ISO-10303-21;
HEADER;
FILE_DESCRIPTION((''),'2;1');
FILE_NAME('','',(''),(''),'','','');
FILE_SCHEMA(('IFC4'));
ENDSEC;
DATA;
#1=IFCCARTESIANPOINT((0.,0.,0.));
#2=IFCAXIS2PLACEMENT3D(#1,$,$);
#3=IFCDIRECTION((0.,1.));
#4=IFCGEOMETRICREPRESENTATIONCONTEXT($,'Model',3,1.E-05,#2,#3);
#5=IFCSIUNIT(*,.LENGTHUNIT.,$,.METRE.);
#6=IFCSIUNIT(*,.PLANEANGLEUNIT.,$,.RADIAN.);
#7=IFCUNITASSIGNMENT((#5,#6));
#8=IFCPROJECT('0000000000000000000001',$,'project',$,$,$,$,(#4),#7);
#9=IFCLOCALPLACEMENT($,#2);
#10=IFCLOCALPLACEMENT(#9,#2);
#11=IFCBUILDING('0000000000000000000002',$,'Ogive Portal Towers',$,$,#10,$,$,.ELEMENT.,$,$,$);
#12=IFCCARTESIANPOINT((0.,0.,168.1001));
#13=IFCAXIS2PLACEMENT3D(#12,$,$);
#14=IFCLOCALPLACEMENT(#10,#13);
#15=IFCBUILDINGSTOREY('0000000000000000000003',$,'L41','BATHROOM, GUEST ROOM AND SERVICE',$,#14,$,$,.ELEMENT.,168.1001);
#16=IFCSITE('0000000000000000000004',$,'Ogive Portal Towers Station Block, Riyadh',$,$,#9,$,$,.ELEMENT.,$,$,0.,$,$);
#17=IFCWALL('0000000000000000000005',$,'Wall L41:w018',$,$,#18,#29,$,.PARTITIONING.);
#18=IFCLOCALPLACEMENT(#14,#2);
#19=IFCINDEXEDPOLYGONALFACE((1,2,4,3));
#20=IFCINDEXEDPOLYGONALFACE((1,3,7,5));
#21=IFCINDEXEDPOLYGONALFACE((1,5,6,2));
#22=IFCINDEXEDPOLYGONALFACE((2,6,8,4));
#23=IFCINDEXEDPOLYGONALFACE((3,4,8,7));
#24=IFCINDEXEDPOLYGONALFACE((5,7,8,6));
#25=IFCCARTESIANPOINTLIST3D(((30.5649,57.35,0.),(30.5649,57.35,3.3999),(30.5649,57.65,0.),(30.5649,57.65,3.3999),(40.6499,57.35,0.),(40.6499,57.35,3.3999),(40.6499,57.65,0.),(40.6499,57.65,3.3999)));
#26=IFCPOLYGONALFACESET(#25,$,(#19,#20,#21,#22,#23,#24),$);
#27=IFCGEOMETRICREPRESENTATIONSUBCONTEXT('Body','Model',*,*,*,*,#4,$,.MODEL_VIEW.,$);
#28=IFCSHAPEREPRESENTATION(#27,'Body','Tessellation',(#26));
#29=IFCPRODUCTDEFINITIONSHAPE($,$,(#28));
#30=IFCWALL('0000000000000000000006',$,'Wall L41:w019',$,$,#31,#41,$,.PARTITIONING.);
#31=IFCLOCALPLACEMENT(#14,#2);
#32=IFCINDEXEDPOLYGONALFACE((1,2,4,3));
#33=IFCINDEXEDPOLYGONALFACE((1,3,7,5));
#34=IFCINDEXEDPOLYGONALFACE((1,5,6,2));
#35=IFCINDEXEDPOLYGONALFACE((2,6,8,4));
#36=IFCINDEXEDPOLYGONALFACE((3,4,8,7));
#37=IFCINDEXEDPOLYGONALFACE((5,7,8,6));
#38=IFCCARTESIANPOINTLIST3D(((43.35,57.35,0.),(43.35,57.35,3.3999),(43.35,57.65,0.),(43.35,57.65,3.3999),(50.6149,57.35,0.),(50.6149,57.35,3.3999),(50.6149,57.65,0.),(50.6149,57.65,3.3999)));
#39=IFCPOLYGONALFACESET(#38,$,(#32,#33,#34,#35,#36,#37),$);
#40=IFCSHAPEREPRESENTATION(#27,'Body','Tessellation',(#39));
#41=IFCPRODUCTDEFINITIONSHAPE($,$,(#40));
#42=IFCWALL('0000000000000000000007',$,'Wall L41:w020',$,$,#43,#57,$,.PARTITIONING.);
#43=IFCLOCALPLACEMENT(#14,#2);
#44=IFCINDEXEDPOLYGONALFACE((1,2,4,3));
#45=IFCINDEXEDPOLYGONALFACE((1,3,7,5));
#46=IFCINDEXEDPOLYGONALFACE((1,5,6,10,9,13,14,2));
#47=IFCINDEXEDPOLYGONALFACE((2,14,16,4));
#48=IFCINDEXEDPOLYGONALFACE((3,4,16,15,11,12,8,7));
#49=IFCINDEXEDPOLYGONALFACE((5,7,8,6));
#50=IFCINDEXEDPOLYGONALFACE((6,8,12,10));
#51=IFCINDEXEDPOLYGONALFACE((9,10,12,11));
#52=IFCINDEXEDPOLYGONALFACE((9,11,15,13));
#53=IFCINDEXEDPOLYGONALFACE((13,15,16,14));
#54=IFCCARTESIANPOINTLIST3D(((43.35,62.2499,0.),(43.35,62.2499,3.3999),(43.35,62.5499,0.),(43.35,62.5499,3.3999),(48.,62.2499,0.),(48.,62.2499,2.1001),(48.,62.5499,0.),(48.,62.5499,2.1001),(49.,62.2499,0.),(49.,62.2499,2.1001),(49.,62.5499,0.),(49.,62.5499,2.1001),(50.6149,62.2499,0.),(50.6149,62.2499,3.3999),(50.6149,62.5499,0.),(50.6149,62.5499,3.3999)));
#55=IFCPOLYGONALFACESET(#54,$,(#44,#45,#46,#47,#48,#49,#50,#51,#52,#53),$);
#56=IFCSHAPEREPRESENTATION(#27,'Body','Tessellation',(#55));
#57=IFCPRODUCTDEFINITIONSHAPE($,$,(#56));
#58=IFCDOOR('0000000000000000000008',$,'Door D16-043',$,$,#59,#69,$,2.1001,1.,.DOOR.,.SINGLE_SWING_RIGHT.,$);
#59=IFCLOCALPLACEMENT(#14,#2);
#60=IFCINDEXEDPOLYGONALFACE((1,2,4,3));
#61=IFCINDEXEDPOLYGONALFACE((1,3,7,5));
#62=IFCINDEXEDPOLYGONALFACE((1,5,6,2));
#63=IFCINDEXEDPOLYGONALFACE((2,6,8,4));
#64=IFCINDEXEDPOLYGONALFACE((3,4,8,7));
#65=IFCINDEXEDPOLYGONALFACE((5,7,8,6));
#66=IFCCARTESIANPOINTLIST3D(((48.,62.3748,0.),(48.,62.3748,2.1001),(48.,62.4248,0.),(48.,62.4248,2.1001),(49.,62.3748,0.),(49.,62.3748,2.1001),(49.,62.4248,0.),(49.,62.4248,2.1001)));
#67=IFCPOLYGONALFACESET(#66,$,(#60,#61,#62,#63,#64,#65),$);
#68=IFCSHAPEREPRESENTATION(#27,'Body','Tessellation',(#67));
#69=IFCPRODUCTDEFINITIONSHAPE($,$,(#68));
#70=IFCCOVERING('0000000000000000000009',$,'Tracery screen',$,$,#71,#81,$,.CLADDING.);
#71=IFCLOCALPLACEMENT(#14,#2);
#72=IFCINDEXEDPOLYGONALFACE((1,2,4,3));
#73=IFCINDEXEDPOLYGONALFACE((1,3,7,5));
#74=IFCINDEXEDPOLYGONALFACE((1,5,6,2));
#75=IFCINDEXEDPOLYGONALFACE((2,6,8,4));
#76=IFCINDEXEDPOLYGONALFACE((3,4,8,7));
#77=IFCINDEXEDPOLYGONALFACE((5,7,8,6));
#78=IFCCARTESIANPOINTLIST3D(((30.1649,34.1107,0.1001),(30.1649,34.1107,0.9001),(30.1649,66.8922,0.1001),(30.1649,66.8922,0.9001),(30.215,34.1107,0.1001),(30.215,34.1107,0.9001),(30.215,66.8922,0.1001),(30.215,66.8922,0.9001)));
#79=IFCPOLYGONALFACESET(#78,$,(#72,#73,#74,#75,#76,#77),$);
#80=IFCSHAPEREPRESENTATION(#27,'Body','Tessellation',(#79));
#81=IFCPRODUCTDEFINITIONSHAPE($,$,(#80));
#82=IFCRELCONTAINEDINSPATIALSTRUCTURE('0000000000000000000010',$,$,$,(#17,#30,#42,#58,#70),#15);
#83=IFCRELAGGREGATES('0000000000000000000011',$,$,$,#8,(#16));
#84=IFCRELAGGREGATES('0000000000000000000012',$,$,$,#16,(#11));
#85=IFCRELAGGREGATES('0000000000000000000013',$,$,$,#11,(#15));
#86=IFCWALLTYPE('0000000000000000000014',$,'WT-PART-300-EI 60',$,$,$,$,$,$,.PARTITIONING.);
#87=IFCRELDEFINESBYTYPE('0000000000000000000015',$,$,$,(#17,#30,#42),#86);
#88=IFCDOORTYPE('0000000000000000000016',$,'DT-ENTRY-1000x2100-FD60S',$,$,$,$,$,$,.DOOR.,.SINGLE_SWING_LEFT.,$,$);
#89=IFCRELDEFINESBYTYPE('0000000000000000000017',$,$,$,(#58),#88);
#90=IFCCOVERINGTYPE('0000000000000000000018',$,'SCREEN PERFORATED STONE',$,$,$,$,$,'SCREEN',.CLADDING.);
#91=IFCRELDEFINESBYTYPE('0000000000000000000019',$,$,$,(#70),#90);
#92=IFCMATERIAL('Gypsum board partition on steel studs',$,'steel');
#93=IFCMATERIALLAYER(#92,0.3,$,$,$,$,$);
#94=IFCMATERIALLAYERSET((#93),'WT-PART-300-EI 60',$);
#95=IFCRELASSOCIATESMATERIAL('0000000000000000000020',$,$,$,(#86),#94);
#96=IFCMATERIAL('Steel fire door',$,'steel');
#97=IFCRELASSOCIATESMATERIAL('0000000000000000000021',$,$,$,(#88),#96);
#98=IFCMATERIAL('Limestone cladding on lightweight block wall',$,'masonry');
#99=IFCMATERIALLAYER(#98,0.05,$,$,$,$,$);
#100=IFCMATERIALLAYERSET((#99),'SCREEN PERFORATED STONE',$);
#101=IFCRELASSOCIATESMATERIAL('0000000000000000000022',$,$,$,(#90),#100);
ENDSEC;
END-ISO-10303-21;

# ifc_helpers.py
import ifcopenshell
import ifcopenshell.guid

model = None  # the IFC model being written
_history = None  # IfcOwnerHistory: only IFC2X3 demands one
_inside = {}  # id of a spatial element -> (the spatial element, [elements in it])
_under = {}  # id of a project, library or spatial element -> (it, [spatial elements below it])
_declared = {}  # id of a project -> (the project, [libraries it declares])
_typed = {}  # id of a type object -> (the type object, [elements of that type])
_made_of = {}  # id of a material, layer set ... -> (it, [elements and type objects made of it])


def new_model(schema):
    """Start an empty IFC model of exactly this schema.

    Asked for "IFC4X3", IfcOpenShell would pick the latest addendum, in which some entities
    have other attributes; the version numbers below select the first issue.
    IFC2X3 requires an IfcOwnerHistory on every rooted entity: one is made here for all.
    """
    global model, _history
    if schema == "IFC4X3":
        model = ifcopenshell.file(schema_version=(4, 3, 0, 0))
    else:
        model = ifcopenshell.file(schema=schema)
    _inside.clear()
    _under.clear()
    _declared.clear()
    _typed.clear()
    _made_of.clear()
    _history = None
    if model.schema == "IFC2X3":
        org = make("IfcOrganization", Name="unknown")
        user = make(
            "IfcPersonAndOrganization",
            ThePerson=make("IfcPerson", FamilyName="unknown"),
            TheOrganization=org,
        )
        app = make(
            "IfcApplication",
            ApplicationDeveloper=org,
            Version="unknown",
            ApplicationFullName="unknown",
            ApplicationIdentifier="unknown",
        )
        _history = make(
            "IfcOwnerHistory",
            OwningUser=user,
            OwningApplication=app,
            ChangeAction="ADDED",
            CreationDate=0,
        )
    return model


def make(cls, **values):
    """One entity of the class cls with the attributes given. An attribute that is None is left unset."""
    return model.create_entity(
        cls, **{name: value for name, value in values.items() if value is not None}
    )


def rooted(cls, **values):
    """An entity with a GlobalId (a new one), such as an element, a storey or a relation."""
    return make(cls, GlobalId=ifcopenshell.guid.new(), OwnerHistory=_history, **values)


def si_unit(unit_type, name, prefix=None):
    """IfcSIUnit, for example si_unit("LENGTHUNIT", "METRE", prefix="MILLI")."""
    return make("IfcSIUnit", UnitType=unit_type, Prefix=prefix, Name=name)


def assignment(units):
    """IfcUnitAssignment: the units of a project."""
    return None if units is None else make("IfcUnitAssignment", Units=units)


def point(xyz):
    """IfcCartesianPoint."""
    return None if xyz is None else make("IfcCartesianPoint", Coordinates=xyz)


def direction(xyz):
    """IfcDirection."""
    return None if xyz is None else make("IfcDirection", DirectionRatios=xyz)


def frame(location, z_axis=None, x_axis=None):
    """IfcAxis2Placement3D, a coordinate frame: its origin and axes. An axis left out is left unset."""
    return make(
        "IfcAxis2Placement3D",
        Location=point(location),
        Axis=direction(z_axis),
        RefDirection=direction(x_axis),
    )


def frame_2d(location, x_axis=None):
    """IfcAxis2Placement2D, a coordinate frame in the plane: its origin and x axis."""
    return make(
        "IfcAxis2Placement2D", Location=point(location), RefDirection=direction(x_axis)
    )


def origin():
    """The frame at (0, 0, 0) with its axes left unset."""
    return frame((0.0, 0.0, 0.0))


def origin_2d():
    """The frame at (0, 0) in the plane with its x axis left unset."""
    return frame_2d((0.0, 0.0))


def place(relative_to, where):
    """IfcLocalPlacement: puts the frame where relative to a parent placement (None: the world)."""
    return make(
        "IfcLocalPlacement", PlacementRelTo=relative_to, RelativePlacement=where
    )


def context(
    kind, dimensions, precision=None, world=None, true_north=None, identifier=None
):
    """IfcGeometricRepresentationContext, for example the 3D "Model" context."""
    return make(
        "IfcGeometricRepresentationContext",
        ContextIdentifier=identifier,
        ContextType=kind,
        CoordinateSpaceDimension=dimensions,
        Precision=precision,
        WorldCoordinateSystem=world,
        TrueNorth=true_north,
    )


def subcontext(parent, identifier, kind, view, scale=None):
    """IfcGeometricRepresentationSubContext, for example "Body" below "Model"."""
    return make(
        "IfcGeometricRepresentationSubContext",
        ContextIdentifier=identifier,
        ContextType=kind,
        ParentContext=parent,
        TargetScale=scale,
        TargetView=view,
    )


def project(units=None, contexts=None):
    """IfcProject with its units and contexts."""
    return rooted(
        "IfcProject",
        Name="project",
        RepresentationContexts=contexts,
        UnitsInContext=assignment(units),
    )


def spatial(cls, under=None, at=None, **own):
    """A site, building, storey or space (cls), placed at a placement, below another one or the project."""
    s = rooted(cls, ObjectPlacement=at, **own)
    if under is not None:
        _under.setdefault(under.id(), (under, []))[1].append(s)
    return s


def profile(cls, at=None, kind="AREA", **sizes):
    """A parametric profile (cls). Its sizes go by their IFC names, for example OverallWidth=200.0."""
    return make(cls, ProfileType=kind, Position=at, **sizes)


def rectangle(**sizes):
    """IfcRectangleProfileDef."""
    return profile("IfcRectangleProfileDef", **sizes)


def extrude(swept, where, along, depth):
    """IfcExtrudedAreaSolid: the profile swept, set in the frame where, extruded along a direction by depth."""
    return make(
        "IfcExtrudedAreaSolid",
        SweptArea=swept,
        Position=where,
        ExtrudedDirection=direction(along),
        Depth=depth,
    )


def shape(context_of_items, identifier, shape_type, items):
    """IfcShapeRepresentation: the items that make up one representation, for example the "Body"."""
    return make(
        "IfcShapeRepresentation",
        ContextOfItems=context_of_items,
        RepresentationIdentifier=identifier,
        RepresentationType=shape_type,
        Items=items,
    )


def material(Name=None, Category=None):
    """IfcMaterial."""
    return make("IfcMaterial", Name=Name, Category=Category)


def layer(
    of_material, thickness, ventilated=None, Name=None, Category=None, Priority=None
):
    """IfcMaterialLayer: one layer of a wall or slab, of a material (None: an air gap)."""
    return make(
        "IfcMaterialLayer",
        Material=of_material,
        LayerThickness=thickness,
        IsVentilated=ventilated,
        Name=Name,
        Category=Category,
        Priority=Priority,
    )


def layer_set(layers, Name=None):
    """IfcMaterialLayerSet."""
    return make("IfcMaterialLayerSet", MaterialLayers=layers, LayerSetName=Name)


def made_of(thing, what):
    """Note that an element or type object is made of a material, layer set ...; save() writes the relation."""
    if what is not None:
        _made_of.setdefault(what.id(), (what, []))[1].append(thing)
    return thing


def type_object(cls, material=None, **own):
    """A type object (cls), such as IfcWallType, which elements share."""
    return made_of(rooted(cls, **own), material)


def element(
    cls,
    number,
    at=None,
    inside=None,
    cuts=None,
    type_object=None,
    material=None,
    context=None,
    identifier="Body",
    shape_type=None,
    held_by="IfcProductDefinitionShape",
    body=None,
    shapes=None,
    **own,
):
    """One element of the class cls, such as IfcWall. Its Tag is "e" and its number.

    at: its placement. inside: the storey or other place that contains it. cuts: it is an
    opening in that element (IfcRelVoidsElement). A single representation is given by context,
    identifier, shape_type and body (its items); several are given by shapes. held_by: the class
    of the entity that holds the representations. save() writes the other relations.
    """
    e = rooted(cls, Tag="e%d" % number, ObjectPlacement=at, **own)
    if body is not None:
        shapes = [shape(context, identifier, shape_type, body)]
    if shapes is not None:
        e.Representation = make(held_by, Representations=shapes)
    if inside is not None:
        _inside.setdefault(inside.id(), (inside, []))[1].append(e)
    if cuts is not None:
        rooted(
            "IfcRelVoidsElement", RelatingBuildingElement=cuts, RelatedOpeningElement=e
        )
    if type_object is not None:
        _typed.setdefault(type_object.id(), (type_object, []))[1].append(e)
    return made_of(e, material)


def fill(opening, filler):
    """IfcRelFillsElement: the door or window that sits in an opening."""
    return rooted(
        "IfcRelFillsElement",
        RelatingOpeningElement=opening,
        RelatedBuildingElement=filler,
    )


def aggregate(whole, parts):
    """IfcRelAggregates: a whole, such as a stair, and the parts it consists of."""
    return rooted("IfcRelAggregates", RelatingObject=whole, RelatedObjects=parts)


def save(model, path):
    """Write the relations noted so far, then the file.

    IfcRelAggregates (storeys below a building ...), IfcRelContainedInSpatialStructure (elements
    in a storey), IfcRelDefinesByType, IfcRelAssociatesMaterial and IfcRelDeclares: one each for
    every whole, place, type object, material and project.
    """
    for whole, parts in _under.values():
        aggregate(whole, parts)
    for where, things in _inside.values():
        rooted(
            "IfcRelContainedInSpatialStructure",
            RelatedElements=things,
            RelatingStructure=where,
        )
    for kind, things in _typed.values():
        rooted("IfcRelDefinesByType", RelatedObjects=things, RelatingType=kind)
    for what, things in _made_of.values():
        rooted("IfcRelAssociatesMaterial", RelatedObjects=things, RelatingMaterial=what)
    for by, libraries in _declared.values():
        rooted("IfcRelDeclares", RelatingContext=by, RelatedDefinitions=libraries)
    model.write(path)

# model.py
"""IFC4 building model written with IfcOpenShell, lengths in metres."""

from ifc_helpers import new_model, si_unit, direction, frame, frame_2d, origin, origin_2d, place, context, subcontext, project, spatial, rectangle, extrude, material, layer, layer_set, type_object, element, fill, save


model = new_model("IFC4")

# Units and contexts
model_context = context("Model", 3, precision=1e-05, world=origin(), true_north=direction((0.0, 1.0)))
body_context = subcontext(model_context, "Body", "Model", "MODEL_VIEW")
ifc_project = project(units=[si_unit("LENGTHUNIT", "METRE"), si_unit("PLANEANGLEUNIT", "RADIAN")], contexts=[model_context])

# Site, building, storey
site_placement = place(None, origin())
site = spatial("IfcSite", under=ifc_project, at=site_placement, Name="Ogive Portal Towers Station Block, Riyadh", CompositionType="ELEMENT", RefElevation=0.0)
building_placement = place(site_placement, origin())
building = spatial("IfcBuilding", under=site, at=building_placement, Name="Ogive Portal Towers", CompositionType="ELEMENT")
storey_placement = place(building_placement, frame((0.0, 0.0, 168.1001)))
storey = spatial("IfcBuildingStorey", under=building, at=storey_placement, Name="L41", Description="BATHROOM, GUEST ROOM AND SERVICE", CompositionType="ELEMENT", Elevation=168.1001)

# Shared definitions
ifc_material_1 = material(Name="Steel fire door", Category="steel")

# Walls
ifc_material_2 = material(Name="Gypsum board partition on steel studs", Category="steel")
ifc_layer_1 = layer(ifc_material_2, 0.3)
ifc_layer_set_1 = layer_set([ifc_layer_1], Name="WT-PART-300-EI 60")
wall_type_1 = type_object("IfcWallType", Name="WT-PART-300-EI 60", PredefinedType="PARTITIONING", material=ifc_layer_set_1)
wall_1_placement = place(storey_placement, frame((30.5649, 57.5, 0.0), z_axis=(0.0, 0.0, 1.0), x_axis=(1.0, 0.0, 0.0)))
element("IfcWall", 1, at=wall_1_placement, inside=storey, type_object=wall_type_1, Name="Wall L41:w018", PredefinedType="PARTITIONING", context=body_context, shape_type="SweptSolid", body=[
    extrude(rectangle(XDim=10.085, YDim=0.3, at=frame_2d((5.0425, 0.0))), origin(), (0.0, 0.0, 1.0), 3.3999),
])
wall_2_placement = place(storey_placement, frame((43.3501, 57.5, 0.0), z_axis=(0.0, 0.0, 1.0), x_axis=(1.0, 0.0, 0.0)))
element("IfcWall", 2, at=wall_2_placement, inside=storey, type_object=wall_type_1, Name="Wall L41:w019", PredefinedType="PARTITIONING", context=body_context, shape_type="SweptSolid", body=[
    extrude(rectangle(XDim=7.2649, YDim=0.3, at=frame_2d((3.6323, 0.0))), origin(), (0.0, 0.0, 1.0), 3.3999),
])

# Wall, opening, door
wall_3_placement = place(storey_placement, frame((43.3501, 62.3999, 0.0), z_axis=(0.0, 0.0, 1.0), x_axis=(1.0, 0.0, 0.0)))
wall_3 = element("IfcWall", 3, at=wall_3_placement, inside=storey, type_object=wall_type_1, Name="Wall L41:w020", PredefinedType="PARTITIONING", context=body_context, shape_type="SweptSolid", body=[
    extrude(rectangle(XDim=7.2649, YDim=0.3, at=frame_2d((3.6323, 0.0))), origin(), (0.0, 0.0, 1.0), 3.3999),
])
opening_1_placement = place(wall_3_placement, frame((4.6499, 0.0, 0.0)))
opening_1 = element("IfcOpeningElement", 4, at=opening_1_placement, cuts=wall_3, PredefinedType="OPENING", context=body_context, shape_type="SweptSolid", body=[
    extrude(rectangle(XDim=1.0, YDim=2.1001, at=frame_2d((0.5, 1.05))), frame((0.0, 0.1602, 0.0), z_axis=(0.0, -1.0, 0.0), x_axis=(1.0, 0.0, 0.0)), (0.0, 0.0, 1.0), 0.3201),
])
door_type_1 = type_object("IfcDoorType", Name="DT-ENTRY-1000x2100-FD60S", OperationType="SINGLE_SWING_LEFT", PredefinedType="DOOR", material=ifc_material_1)
door_1_placement = place(opening_1_placement, origin())
door_1 = element("IfcDoor", 5, at=door_1_placement, inside=storey, type_object=door_type_1, Name="Door D16-043", OperationType="SINGLE_SWING_RIGHT", OverallHeight=2.1001, OverallWidth=1.0, PredefinedType="DOOR", context=body_context, shape_type="SweptSolid", body=[
    extrude(rectangle(XDim=1.0, YDim=2.1001, at=frame_2d((0.5, 1.05))), frame((0.0, 0.0249, 0.0), z_axis=(0.0, -1.0, 0.0), x_axis=(1.0, 0.0, 0.0)), (0.0, 0.0, 1.0), 0.05),
])
fill(opening_1, door_1)

# Covering
ifc_material_3 = material(Name="Limestone cladding on lightweight block wall", Category="masonry")
ifc_layer_2 = layer(ifc_material_3, 0.05)
ifc_layer_set_2 = layer_set([ifc_layer_2], Name="SCREEN PERFORATED STONE")
covering_type = type_object("IfcCoveringType", Name="SCREEN PERFORATED STONE", ElementType="SCREEN", PredefinedType="CLADDING", material=ifc_layer_set_2)
covering_placement = place(storey_placement, frame((30.1899, 50.5015, 0.1001), z_axis=(0.0, 0.0, 1.0), x_axis=(0.0, -1.0, 0.0)))
element("IfcCovering", 6, at=covering_placement, inside=storey, type_object=covering_type, Name="Tracery screen", PredefinedType="CLADDING", context=body_context, shape_type="SweptSolid", body=[
    extrude(rectangle(XDim=32.7815, YDim=0.05, at=origin_2d()), origin(), (0.0, 0.0, 1.0), 0.8),
])

save(model, "model.ifc")
